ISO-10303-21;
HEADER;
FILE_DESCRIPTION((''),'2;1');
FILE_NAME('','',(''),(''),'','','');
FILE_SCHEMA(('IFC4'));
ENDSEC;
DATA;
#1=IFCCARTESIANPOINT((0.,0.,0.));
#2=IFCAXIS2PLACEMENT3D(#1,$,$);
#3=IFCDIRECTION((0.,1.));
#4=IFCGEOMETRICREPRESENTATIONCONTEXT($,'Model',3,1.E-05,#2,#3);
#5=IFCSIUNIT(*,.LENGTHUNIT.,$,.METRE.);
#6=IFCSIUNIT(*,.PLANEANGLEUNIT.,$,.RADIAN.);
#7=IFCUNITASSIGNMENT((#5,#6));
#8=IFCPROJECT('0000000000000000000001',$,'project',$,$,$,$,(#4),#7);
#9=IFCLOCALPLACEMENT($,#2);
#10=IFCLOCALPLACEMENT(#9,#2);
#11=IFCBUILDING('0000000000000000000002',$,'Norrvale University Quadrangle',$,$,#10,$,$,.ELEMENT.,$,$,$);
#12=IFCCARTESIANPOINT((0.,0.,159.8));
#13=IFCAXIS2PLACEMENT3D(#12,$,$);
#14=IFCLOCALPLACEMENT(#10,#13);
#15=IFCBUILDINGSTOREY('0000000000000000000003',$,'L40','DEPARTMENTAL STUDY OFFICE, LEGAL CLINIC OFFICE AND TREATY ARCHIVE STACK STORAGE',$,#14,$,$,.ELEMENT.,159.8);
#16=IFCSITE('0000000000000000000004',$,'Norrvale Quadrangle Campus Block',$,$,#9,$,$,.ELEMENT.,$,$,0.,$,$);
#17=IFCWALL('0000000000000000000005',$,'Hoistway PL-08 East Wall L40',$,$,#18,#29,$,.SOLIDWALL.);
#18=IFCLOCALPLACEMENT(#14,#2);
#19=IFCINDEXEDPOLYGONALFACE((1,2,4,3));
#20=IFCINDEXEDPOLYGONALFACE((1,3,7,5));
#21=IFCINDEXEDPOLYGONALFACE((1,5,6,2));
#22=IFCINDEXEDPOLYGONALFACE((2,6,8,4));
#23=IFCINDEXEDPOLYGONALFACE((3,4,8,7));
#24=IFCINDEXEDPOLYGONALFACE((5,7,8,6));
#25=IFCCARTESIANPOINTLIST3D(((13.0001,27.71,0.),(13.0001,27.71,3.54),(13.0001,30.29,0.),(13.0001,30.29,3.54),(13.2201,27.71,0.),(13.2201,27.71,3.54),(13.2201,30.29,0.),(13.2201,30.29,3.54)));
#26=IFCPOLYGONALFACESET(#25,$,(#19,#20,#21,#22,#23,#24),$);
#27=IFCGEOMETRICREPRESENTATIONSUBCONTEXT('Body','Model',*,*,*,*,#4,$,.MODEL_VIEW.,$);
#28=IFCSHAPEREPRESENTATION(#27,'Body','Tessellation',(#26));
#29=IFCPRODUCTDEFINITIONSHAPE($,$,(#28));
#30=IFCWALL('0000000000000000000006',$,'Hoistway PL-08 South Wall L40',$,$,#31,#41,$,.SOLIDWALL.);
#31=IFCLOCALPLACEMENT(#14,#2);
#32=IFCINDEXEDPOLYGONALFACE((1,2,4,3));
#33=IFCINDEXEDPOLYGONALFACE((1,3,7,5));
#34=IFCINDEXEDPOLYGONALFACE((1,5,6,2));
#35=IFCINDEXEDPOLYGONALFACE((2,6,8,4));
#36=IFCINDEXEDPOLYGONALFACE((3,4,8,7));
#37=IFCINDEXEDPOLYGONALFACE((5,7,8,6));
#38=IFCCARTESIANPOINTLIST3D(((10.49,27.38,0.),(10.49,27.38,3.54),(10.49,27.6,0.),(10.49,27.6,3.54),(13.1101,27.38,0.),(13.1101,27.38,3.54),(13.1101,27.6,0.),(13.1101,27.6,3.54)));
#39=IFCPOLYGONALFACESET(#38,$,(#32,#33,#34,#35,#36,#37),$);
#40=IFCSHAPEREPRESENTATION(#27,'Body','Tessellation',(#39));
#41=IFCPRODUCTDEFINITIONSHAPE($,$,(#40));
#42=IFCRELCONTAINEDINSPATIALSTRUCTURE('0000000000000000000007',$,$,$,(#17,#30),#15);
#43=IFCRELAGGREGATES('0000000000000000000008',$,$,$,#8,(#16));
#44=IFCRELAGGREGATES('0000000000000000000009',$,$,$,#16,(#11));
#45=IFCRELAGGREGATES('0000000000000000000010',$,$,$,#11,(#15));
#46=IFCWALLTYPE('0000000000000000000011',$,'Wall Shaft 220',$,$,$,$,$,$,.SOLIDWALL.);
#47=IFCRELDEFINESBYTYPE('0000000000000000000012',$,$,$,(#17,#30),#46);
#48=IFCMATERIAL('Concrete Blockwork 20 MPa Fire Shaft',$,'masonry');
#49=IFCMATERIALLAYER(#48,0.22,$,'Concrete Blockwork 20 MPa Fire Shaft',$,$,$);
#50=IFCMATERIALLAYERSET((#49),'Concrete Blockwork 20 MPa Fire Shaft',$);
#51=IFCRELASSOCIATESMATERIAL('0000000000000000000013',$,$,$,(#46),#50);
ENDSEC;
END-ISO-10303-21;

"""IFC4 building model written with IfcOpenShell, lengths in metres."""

from ifc_helpers import new_model, si_unit, direction, frame, frame_2d, origin, place, context, subcontext, project, spatial, rectangle, extrude, material, layer, layer_set, type_object, element, save


model = new_model("IFC4")

# Units and contexts
model_context = context("Model", 3, precision=1e-05, world=origin(), true_north=direction((0.0, 1.0)))
body_context = subcontext(model_context, "Body", "Model", "MODEL_VIEW")
ifc_project = project(units=[si_unit("LENGTHUNIT", "METRE"), si_unit("PLANEANGLEUNIT", "RADIAN")], contexts=[model_context])

# Site, building, storey
site_placement = place(None, origin())
site = spatial("IfcSite", under=ifc_project, at=site_placement, Name="Norrvale Quadrangle Campus Block", CompositionType="ELEMENT", RefElevation=0.0)
building_placement = place(site_placement, origin())
building = spatial("IfcBuilding", under=site, at=building_placement, Name="Norrvale University Quadrangle", CompositionType="ELEMENT")
storey_placement = place(building_placement, frame((0.0, 0.0, 159.8)))
storey = spatial("IfcBuildingStorey", under=building, at=storey_placement, Name="L40", Description="DEPARTMENTAL STUDY OFFICE, LEGAL CLINIC OFFICE AND TREATY ARCHIVE STACK STORAGE", CompositionType="ELEMENT", Elevation=159.8)

# Shared definitions
ifc_material_1 = material(Name="Concrete Blockwork 20 MPa Fire Shaft", Category="masonry")
ifc_layer_1 = layer(ifc_material_1, 0.22, Name="Concrete Blockwork 20 MPa Fire Shaft")
ifc_layer_set_1 = layer_set([ifc_layer_1], Name="Concrete Blockwork 20 MPa Fire Shaft")
wall_type_1 = type_object("IfcWallType", Name="Wall Shaft 220", PredefinedType="SOLIDWALL", material=ifc_layer_set_1)

# Walls
wall_1_placement = place(storey_placement, frame((13.1101, 27.71, 0.0), z_axis=(0.0, 0.0, 1.0), x_axis=(0.0, 1.0, 0.0)))
element("IfcWall", 1, at=wall_1_placement, inside=storey, type_object=wall_type_1, Name="Hoistway PL-08 East Wall L40", PredefinedType="SOLIDWALL", context=body_context, shape_type="SweptSolid", body=[
    extrude(rectangle(XDim=2.5801, YDim=0.22, at=frame_2d((1.29, 0.0))), origin(), (0.0, 0.0, 1.0), 3.54),
])
wall_2_placement = place(storey_placement, frame((10.49, 27.49, 0.0), z_axis=(0.0, 0.0, 1.0), x_axis=(1.0, 0.0, 0.0)))
element("IfcWall", 2, at=wall_2_placement, inside=storey, type_object=wall_type_1, Name="Hoistway PL-08 South Wall L40", PredefinedType="SOLIDWALL", context=body_context, shape_type="SweptSolid", body=[
    extrude(rectangle(XDim=2.6201, YDim=0.22, at=frame_2d((1.3101, 0.0))), origin(), (0.0, 0.0, 1.0), 3.54),
])

save(model, "model.ifc")
